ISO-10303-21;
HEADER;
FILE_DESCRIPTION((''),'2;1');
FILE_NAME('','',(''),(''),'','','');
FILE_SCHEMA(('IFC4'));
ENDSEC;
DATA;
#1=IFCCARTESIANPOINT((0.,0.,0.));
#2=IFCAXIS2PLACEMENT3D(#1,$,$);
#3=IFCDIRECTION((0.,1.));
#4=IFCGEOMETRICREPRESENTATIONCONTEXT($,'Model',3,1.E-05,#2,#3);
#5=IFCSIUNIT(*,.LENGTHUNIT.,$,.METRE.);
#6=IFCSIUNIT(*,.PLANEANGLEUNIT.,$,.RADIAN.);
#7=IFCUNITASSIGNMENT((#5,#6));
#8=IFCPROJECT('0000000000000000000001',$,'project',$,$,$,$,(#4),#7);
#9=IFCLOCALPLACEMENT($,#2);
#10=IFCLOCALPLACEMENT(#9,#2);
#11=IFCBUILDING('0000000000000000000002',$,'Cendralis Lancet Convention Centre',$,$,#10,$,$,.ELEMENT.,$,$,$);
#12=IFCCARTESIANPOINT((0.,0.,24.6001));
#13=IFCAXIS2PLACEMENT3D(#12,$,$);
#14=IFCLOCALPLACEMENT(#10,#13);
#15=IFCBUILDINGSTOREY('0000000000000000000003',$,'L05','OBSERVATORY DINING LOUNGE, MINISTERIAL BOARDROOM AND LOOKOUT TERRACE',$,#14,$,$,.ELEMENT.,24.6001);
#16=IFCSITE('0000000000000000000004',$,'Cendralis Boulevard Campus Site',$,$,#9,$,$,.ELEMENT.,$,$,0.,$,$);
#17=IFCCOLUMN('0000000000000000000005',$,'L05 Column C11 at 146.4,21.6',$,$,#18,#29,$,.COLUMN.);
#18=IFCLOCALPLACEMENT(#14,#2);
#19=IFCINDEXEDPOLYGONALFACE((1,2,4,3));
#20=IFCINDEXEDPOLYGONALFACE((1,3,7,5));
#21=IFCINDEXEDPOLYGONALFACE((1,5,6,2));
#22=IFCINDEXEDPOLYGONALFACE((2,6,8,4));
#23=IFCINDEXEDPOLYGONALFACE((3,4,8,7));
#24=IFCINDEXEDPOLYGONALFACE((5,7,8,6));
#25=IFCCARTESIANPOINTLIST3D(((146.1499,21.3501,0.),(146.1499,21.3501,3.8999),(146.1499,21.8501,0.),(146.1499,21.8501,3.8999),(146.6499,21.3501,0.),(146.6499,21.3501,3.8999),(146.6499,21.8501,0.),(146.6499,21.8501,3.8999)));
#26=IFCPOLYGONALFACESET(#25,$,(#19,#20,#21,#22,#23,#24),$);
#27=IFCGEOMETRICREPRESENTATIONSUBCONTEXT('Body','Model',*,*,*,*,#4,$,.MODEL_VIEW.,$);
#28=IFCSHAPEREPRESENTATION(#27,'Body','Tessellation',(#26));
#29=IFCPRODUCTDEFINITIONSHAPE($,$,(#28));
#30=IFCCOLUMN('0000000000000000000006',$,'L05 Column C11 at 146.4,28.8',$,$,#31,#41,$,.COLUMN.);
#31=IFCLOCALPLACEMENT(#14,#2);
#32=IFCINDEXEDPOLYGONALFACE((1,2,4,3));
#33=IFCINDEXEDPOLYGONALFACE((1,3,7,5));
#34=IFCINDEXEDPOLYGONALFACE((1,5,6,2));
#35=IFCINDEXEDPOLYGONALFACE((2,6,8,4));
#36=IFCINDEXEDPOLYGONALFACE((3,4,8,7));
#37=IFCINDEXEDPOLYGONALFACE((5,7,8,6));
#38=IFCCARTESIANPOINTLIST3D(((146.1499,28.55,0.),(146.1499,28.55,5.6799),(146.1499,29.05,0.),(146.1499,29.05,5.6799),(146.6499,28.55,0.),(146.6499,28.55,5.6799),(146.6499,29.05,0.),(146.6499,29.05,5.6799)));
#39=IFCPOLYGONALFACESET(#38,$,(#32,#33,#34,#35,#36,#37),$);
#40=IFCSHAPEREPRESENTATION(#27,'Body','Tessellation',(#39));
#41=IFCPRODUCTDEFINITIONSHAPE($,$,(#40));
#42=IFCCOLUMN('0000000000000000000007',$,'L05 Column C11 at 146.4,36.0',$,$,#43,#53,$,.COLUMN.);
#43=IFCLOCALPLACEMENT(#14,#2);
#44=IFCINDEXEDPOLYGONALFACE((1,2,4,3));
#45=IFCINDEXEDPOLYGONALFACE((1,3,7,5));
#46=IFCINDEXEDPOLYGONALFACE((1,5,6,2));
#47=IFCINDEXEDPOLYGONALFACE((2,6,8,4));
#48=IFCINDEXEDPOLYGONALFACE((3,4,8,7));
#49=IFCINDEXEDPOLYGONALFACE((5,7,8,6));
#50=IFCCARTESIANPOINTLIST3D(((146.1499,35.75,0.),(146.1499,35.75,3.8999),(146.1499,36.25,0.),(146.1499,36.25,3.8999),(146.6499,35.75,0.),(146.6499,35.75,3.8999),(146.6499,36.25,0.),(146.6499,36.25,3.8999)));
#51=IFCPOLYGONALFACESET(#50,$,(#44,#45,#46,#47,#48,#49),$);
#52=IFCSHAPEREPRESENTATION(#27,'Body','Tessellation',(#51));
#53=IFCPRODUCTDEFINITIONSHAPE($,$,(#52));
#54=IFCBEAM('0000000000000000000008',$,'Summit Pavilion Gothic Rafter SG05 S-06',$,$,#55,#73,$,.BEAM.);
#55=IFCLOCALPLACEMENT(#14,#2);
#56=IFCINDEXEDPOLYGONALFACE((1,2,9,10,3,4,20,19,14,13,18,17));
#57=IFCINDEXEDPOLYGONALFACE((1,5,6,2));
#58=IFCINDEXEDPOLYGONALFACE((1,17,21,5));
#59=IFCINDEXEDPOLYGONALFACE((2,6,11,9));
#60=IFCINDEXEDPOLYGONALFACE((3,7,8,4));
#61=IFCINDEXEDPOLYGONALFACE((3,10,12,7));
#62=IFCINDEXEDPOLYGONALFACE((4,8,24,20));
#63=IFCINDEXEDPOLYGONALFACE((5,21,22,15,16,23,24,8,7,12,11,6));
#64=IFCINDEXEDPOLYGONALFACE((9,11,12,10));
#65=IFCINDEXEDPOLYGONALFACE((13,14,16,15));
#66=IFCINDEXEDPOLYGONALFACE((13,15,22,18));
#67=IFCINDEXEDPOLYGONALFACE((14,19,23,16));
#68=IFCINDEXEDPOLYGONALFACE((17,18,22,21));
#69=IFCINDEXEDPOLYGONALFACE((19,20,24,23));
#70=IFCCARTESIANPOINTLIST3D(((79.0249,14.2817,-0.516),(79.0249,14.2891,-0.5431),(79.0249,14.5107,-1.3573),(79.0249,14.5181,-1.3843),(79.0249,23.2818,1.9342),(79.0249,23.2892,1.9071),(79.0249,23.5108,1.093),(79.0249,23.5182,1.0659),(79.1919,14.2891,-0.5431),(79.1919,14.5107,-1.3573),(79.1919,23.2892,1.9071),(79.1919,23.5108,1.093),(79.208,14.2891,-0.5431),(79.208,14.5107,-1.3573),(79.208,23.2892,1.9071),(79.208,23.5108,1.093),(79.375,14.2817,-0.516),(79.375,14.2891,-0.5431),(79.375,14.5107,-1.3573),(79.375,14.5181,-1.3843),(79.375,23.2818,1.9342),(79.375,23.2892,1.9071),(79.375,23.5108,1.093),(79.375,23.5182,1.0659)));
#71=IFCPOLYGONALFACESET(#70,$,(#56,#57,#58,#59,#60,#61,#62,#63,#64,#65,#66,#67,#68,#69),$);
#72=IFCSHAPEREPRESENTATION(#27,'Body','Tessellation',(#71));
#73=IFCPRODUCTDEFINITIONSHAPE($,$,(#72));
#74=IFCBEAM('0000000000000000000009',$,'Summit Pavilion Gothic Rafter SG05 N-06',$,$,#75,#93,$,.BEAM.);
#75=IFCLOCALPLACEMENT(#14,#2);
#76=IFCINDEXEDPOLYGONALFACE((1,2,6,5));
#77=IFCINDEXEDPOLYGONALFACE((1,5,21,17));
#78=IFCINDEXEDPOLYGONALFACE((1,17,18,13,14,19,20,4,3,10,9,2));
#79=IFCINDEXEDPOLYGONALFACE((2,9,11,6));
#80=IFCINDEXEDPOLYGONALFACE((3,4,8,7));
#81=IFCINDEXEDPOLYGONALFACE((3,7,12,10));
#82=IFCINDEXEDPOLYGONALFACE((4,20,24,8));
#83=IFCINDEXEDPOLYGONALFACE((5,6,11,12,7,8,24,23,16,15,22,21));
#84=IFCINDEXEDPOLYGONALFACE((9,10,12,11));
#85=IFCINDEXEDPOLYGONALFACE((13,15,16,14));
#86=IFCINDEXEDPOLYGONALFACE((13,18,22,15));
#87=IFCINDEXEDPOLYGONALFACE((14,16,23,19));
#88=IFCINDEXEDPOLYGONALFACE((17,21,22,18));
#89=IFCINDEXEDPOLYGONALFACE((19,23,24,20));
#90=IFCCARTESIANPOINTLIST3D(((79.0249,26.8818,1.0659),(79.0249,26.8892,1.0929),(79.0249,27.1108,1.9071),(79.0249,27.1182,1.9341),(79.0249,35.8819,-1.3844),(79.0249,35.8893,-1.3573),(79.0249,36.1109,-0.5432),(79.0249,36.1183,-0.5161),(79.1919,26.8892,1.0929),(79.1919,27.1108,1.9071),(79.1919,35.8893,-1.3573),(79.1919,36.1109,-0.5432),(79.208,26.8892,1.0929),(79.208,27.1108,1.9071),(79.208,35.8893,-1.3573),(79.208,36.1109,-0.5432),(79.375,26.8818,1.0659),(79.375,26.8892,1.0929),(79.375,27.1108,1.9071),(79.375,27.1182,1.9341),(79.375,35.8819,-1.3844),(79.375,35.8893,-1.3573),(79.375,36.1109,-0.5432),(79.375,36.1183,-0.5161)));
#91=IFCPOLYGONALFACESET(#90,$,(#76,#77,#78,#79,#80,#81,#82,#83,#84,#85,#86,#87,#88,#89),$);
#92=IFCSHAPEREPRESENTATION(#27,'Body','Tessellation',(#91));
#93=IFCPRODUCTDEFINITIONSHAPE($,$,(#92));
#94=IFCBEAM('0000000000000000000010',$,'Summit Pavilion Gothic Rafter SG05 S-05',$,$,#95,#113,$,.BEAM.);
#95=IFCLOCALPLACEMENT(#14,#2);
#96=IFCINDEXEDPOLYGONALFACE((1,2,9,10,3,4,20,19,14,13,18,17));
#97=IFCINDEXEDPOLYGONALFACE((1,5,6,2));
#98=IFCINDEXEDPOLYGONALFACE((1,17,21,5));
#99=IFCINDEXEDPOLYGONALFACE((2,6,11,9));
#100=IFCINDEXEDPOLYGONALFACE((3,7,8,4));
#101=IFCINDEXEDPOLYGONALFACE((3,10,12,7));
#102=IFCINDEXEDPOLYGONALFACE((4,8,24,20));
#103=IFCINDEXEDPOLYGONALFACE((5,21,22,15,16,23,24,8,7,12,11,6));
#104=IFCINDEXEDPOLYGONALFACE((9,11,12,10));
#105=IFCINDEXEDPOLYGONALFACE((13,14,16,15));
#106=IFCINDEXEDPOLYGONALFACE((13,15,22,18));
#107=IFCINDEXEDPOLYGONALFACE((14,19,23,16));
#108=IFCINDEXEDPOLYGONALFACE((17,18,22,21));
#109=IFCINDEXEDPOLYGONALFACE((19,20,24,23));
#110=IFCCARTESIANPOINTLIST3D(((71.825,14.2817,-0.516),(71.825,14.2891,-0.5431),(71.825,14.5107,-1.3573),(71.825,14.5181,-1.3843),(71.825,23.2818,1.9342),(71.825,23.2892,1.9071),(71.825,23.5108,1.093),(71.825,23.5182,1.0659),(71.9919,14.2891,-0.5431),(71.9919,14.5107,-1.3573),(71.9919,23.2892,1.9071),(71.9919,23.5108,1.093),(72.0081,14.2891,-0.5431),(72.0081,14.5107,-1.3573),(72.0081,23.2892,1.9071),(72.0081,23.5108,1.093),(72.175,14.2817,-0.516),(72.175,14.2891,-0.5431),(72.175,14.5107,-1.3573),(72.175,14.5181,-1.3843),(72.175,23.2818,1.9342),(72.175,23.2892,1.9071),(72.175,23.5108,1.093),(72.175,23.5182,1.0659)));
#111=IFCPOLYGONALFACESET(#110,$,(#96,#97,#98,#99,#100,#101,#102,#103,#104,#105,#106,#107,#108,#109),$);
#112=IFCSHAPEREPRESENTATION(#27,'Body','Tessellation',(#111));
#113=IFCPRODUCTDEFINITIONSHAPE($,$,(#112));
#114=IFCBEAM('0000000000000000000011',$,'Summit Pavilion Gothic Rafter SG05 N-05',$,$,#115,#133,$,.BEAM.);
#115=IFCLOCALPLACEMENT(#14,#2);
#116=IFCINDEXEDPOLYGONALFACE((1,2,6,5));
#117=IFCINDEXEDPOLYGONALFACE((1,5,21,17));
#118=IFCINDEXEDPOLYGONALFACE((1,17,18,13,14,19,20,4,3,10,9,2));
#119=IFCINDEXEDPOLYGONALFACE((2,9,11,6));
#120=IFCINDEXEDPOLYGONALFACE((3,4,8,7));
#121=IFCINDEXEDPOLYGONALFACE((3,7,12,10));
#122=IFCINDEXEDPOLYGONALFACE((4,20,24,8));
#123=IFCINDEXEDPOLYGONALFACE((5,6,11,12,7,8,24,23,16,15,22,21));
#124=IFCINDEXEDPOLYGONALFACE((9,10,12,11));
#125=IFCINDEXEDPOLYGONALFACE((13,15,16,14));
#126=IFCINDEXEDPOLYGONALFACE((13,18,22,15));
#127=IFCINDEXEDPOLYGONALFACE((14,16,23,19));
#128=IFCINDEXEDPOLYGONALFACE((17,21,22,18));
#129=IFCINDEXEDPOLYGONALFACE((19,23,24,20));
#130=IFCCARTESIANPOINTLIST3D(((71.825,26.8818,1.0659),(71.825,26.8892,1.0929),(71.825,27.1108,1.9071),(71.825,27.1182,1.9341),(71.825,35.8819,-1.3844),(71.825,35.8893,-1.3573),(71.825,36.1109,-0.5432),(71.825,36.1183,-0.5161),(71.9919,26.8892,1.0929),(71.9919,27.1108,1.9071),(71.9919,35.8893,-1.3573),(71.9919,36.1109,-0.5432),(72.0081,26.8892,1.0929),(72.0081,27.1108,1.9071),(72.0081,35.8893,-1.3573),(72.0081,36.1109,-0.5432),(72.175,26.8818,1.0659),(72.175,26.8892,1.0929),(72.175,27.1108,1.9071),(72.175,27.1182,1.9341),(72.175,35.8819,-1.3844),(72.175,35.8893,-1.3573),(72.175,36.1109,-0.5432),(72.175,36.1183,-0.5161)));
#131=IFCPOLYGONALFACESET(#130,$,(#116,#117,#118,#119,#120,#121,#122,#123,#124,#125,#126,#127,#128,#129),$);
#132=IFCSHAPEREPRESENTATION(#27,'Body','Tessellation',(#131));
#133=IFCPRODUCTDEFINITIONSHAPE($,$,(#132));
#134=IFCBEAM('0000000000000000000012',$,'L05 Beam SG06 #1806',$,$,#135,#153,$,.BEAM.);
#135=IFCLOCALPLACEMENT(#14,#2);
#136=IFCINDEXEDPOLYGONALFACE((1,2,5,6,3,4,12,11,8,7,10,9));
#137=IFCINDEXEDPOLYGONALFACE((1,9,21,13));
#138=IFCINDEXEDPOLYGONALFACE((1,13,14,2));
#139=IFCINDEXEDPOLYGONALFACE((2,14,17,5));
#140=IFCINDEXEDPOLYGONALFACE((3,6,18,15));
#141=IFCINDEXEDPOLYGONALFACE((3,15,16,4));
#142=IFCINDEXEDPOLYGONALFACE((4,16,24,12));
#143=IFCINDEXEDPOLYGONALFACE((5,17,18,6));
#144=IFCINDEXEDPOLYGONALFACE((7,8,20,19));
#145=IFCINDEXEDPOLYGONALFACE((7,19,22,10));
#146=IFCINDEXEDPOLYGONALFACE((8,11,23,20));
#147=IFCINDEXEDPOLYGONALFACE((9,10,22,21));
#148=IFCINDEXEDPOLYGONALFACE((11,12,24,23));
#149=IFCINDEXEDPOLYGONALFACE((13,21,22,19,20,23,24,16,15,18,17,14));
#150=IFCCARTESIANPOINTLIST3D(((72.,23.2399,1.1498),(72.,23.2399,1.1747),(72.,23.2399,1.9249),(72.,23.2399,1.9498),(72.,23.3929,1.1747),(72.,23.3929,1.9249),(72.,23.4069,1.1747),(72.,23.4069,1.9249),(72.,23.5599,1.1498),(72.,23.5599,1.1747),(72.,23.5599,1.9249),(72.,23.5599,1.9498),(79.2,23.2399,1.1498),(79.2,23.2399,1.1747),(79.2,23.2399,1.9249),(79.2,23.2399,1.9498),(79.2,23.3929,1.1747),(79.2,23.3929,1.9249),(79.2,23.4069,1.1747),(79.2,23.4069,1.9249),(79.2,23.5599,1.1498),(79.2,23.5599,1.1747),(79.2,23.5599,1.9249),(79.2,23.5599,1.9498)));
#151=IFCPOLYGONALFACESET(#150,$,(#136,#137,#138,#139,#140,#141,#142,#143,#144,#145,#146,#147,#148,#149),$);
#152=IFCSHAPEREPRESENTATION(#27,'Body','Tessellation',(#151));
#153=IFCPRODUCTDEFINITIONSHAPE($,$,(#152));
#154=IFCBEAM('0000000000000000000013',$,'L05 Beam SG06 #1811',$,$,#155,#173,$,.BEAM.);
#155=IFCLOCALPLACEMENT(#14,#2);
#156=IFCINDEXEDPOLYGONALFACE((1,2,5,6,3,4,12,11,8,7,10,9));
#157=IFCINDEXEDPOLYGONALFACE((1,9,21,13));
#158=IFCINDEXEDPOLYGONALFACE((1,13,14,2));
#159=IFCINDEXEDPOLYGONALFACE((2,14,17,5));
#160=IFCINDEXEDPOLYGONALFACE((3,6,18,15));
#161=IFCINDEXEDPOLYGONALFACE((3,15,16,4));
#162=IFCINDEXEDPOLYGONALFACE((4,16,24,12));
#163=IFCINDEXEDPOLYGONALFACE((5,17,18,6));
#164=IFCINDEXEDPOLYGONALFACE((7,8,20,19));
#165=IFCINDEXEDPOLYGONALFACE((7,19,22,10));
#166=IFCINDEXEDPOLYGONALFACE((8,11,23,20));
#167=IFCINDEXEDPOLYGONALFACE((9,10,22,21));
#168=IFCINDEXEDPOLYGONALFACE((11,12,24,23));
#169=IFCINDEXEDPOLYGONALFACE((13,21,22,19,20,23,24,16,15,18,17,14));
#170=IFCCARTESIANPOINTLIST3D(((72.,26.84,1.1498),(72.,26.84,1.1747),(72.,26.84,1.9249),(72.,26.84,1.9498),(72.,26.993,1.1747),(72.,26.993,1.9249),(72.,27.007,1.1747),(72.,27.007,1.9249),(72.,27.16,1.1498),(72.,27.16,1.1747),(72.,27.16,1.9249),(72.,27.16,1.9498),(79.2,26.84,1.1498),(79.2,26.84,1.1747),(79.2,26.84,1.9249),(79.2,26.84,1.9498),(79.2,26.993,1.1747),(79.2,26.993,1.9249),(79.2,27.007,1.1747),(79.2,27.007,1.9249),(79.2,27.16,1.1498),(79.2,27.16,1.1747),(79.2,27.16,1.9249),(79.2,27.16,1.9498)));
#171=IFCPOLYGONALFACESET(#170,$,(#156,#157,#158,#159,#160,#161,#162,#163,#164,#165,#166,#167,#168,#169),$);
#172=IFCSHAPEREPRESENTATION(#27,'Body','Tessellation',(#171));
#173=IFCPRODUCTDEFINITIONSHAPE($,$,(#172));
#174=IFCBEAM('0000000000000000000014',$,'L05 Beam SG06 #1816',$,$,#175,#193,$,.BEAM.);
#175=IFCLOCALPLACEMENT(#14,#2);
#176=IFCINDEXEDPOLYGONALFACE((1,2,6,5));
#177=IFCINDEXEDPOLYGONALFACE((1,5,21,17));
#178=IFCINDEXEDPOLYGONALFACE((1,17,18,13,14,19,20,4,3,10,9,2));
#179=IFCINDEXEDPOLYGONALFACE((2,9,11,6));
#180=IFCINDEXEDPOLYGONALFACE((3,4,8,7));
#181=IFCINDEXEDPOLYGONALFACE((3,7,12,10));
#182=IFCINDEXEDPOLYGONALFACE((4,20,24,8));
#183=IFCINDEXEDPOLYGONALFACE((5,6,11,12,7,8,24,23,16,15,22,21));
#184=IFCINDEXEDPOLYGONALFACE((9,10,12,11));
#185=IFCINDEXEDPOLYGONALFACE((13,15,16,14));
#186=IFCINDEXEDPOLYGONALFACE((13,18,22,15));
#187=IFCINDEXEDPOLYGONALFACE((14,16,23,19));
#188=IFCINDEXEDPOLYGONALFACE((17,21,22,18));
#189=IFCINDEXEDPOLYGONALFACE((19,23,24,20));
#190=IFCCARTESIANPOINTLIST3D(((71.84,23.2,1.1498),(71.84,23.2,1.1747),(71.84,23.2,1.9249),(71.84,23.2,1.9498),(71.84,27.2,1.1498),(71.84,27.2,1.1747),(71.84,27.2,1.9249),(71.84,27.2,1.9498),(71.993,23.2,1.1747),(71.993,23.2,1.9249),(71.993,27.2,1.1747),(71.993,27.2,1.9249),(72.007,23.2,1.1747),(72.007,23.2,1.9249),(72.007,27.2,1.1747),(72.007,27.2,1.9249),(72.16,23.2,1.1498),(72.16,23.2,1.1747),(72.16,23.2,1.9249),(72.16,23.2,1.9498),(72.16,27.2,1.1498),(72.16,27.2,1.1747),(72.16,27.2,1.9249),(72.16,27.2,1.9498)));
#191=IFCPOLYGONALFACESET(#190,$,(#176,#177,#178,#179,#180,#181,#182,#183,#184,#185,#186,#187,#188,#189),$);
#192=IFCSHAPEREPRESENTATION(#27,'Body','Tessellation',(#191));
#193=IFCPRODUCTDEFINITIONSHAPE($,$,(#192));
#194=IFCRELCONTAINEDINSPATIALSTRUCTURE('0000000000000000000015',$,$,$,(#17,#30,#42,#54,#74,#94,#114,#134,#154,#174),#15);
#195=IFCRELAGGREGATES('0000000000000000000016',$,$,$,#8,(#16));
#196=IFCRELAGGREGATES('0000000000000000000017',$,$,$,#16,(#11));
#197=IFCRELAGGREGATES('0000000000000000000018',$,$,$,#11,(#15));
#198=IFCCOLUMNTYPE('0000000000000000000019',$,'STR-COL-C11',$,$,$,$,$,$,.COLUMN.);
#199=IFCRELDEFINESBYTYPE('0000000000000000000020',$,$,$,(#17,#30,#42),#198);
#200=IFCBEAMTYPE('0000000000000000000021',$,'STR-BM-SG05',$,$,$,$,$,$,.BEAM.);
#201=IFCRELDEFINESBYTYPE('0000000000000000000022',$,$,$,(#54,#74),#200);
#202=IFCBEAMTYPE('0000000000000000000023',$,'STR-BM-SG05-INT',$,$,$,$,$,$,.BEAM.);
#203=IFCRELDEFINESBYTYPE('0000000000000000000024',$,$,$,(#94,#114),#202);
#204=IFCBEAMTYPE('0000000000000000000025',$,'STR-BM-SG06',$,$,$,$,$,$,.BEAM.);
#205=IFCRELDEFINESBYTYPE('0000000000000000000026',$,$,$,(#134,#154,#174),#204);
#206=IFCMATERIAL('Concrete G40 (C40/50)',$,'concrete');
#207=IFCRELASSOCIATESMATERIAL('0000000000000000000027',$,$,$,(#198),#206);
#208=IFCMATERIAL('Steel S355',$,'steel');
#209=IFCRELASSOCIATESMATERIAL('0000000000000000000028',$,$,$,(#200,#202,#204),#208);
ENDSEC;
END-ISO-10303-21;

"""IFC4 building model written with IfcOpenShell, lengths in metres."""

from ifc_helpers import new_model, si_unit, direction, frame, origin, origin_2d, place, context, subcontext, project, spatial, rectangle, i_section, extrude, material, material_profile, profile_set, type_object, element, save


model = new_model("IFC4")

# Units and contexts
model_context = context("Model", 3, precision=1e-05, world=origin(), true_north=direction((0.0, 1.0)))
body_context = subcontext(model_context, "Body", "Model", "MODEL_VIEW")
ifc_project = project(units=[si_unit("LENGTHUNIT", "METRE"), si_unit("PLANEANGLEUNIT", "RADIAN")], contexts=[model_context])

# Site, building, storey
site_placement = place(None, origin())
site = spatial("IfcSite", under=ifc_project, at=site_placement, Name="Cendralis Boulevard Campus Site", CompositionType="ELEMENT", RefElevation=0.0)
building_placement = place(site_placement, origin())
building = spatial("IfcBuilding", under=site, at=building_placement, Name="Cendralis Lancet Convention Centre", CompositionType="ELEMENT")
storey_placement = place(building_placement, frame((0.0, 0.0, 24.6001)))
storey = spatial("IfcBuildingStorey", under=building, at=storey_placement, Name="L05", Description="OBSERVATORY DINING LOUNGE, MINISTERIAL BOARDROOM AND LOOKOUT TERRACE", CompositionType="ELEMENT", Elevation=24.6001)

# Columns
ifc_material_1 = material(Name="Concrete G40 (C40/50)", Category="concrete")
ifc_material_profile_1 = material_profile(ifc_material_1, rectangle(XDim=0.5, YDim=0.5, at=origin_2d()), Name="RC 500x500")
ifc_profile_set_1 = profile_set([ifc_material_profile_1], Name="Concrete G40 (C40/50)")
column_type = type_object("IfcColumnType", Name="STR-COL-C11", PredefinedType="COLUMN", material=ifc_profile_set_1)
column_1_placement = place(storey_placement, frame((146.3999, 21.6001, 0.0), z_axis=(0.0, 0.0, 1.0), x_axis=(1.0, 0.0, 0.0)))
element("IfcColumn", 1, at=column_1_placement, inside=storey, type_object=column_type, Name="L05 Column C11 at 146.4,21.6", PredefinedType="COLUMN", context=body_context, shape_type="SweptSolid", body=[
    extrude(rectangle(XDim=0.5, YDim=0.5, at=origin_2d()), origin(), (0.0, 0.0, 1.0), 3.8999),
])
column_2_placement = place(storey_placement, frame((146.3999, 28.8, 0.0), z_axis=(0.0, 0.0, 1.0), x_axis=(1.0, 0.0, 0.0)))
element("IfcColumn", 2, at=column_2_placement, inside=storey, type_object=column_type, Name="L05 Column C11 at 146.4,28.8", PredefinedType="COLUMN", context=body_context, shape_type="SweptSolid", body=[
    extrude(rectangle(XDim=0.5, YDim=0.5, at=origin_2d()), origin(), (0.0, 0.0, 1.0), 5.6799),
])
column_3_placement = place(storey_placement, frame((146.3999, 36.0, 0.0), z_axis=(0.0, 0.0, 1.0), x_axis=(1.0, 0.0, 0.0)))
element("IfcColumn", 3, at=column_3_placement, inside=storey, type_object=column_type, Name="L05 Column C11 at 146.4,36.0", PredefinedType="COLUMN", context=body_context, shape_type="SweptSolid", body=[
    extrude(rectangle(XDim=0.5, YDim=0.5, at=origin_2d()), origin(), (0.0, 0.0, 1.0), 3.8999),
])

# Beams
ifc_material_2 = material(Name="Steel S355", Category="steel")
ifc_material_profile_2 = material_profile(ifc_material_2, i_section(OverallWidth=0.3501, OverallDepth=0.8999, WebThickness=0.0161, FlangeThickness=0.0281, at=origin_2d()), Name="PG 900x350")
ifc_profile_set_2 = profile_set([ifc_material_profile_2], Name="Steel S355")
beam_type_1 = type_object("IfcBeamType", Name="STR-BM-SG05", PredefinedType="BEAM", material=ifc_profile_set_2)
for number, where, z_axis, x_axis, name in (
    (4, (79.2, 14.3999, -0.9502), (0.0, 0.964882, 0.262683), (-1.0, 0.0, 0.0), "Summit Pavilion Gothic Rafter SG05 S-06"),
    (5, (79.2, 27.0, 1.5), (0.0, 0.964882, -0.262683), (-1.0, 0.0, 0.0), "Summit Pavilion Gothic Rafter SG05 N-06"),
):
    element("IfcBeam", number, at=place(storey_placement, frame(where, z_axis=z_axis, x_axis=x_axis)), inside=storey, type_object=beam_type_1, Name=name, PredefinedType="BEAM", context=body_context, shape_type="SweptSolid", body=[
        extrude(i_section(OverallWidth=0.3501, OverallDepth=0.8999, WebThickness=0.0161, FlangeThickness=0.0281, at=origin_2d()), origin(), (0.0, 0.0, 1.0), 9.3276),
    ])
ifc_material_profile_3 = material_profile(ifc_material_2, i_section(OverallWidth=0.3501, OverallDepth=0.8999, WebThickness=0.0161, FlangeThickness=0.0281, at=origin_2d()), Name="PG 900x350")
ifc_profile_set_3 = profile_set([ifc_material_profile_3], Name="Steel S355")
beam_type_2 = type_object("IfcBeamType", Name="STR-BM-SG05-INT", PredefinedType="BEAM", material=ifc_profile_set_3)
for number, where, z_axis, x_axis, name in (
    (6, (72.0, 14.3999, -0.9502), (0.0, 0.964882, 0.262683), (-1.0, 0.0, 0.0), "Summit Pavilion Gothic Rafter SG05 S-05"),
    (7, (72.0, 27.0, 1.5), (0.0, 0.964882, -0.262683), (-1.0, 0.0, 0.0), "Summit Pavilion Gothic Rafter SG05 N-05"),
):
    element("IfcBeam", number, at=place(storey_placement, frame(where, z_axis=z_axis, x_axis=x_axis)), inside=storey, type_object=beam_type_2, Name=name, PredefinedType="BEAM", context=body_context, shape_type="SweptSolid", body=[
        extrude(i_section(OverallWidth=0.3501, OverallDepth=0.8999, WebThickness=0.0161, FlangeThickness=0.0281, at=origin_2d()), origin(), (0.0, 0.0, 1.0), 9.3276),
    ])
ifc_material_profile_4 = material_profile(ifc_material_2, i_section(OverallWidth=0.3201, OverallDepth=0.8, WebThickness=0.0139, FlangeThickness=0.0249, at=origin_2d()), Name="PG 800x320")
ifc_profile_set_4 = profile_set([ifc_material_profile_4], Name="Steel S355")
beam_type_3 = type_object("IfcBeamType", Name="STR-BM-SG06", PredefinedType="BEAM", material=ifc_profile_set_4)
for number, where, z_axis, x_axis, name in (
    (8, (72.0, 23.3999, 1.5498), (1.0, 0.0, 0.0), (0.0, 1.0, 0.0), "L05 Beam SG06 #1806"),
    (9, (72.0, 27.0, 1.5498), (1.0, 0.0, 0.0), (0.0, 1.0, 0.0), "L05 Beam SG06 #1811"),
):
    element("IfcBeam", number, at=place(storey_placement, frame(where, z_axis=z_axis, x_axis=x_axis)), inside=storey, type_object=beam_type_3, Name=name, PredefinedType="BEAM", context=body_context, shape_type="SweptSolid", body=[
        extrude(i_section(OverallWidth=0.3201, OverallDepth=0.8, WebThickness=0.0139, FlangeThickness=0.0249, at=origin_2d()), origin(), (0.0, 0.0, 1.0), 7.2),
    ])
beam_1_placement = place(storey_placement, frame((72.0, 23.2, 1.5498), z_axis=(0.0, 1.0, 0.0), x_axis=(-1.0, 0.0, 0.0)))
element("IfcBeam", 10, at=beam_1_placement, inside=storey, type_object=beam_type_3, Name="L05 Beam SG06 #1816", PredefinedType="BEAM", context=body_context, shape_type="SweptSolid", body=[
    extrude(i_section(OverallWidth=0.3201, OverallDepth=0.8, WebThickness=0.0139, FlangeThickness=0.0249, at=origin_2d()), origin(), (0.0, 0.0, 1.0), 4.0),
])

save(model, "model.ifc")
